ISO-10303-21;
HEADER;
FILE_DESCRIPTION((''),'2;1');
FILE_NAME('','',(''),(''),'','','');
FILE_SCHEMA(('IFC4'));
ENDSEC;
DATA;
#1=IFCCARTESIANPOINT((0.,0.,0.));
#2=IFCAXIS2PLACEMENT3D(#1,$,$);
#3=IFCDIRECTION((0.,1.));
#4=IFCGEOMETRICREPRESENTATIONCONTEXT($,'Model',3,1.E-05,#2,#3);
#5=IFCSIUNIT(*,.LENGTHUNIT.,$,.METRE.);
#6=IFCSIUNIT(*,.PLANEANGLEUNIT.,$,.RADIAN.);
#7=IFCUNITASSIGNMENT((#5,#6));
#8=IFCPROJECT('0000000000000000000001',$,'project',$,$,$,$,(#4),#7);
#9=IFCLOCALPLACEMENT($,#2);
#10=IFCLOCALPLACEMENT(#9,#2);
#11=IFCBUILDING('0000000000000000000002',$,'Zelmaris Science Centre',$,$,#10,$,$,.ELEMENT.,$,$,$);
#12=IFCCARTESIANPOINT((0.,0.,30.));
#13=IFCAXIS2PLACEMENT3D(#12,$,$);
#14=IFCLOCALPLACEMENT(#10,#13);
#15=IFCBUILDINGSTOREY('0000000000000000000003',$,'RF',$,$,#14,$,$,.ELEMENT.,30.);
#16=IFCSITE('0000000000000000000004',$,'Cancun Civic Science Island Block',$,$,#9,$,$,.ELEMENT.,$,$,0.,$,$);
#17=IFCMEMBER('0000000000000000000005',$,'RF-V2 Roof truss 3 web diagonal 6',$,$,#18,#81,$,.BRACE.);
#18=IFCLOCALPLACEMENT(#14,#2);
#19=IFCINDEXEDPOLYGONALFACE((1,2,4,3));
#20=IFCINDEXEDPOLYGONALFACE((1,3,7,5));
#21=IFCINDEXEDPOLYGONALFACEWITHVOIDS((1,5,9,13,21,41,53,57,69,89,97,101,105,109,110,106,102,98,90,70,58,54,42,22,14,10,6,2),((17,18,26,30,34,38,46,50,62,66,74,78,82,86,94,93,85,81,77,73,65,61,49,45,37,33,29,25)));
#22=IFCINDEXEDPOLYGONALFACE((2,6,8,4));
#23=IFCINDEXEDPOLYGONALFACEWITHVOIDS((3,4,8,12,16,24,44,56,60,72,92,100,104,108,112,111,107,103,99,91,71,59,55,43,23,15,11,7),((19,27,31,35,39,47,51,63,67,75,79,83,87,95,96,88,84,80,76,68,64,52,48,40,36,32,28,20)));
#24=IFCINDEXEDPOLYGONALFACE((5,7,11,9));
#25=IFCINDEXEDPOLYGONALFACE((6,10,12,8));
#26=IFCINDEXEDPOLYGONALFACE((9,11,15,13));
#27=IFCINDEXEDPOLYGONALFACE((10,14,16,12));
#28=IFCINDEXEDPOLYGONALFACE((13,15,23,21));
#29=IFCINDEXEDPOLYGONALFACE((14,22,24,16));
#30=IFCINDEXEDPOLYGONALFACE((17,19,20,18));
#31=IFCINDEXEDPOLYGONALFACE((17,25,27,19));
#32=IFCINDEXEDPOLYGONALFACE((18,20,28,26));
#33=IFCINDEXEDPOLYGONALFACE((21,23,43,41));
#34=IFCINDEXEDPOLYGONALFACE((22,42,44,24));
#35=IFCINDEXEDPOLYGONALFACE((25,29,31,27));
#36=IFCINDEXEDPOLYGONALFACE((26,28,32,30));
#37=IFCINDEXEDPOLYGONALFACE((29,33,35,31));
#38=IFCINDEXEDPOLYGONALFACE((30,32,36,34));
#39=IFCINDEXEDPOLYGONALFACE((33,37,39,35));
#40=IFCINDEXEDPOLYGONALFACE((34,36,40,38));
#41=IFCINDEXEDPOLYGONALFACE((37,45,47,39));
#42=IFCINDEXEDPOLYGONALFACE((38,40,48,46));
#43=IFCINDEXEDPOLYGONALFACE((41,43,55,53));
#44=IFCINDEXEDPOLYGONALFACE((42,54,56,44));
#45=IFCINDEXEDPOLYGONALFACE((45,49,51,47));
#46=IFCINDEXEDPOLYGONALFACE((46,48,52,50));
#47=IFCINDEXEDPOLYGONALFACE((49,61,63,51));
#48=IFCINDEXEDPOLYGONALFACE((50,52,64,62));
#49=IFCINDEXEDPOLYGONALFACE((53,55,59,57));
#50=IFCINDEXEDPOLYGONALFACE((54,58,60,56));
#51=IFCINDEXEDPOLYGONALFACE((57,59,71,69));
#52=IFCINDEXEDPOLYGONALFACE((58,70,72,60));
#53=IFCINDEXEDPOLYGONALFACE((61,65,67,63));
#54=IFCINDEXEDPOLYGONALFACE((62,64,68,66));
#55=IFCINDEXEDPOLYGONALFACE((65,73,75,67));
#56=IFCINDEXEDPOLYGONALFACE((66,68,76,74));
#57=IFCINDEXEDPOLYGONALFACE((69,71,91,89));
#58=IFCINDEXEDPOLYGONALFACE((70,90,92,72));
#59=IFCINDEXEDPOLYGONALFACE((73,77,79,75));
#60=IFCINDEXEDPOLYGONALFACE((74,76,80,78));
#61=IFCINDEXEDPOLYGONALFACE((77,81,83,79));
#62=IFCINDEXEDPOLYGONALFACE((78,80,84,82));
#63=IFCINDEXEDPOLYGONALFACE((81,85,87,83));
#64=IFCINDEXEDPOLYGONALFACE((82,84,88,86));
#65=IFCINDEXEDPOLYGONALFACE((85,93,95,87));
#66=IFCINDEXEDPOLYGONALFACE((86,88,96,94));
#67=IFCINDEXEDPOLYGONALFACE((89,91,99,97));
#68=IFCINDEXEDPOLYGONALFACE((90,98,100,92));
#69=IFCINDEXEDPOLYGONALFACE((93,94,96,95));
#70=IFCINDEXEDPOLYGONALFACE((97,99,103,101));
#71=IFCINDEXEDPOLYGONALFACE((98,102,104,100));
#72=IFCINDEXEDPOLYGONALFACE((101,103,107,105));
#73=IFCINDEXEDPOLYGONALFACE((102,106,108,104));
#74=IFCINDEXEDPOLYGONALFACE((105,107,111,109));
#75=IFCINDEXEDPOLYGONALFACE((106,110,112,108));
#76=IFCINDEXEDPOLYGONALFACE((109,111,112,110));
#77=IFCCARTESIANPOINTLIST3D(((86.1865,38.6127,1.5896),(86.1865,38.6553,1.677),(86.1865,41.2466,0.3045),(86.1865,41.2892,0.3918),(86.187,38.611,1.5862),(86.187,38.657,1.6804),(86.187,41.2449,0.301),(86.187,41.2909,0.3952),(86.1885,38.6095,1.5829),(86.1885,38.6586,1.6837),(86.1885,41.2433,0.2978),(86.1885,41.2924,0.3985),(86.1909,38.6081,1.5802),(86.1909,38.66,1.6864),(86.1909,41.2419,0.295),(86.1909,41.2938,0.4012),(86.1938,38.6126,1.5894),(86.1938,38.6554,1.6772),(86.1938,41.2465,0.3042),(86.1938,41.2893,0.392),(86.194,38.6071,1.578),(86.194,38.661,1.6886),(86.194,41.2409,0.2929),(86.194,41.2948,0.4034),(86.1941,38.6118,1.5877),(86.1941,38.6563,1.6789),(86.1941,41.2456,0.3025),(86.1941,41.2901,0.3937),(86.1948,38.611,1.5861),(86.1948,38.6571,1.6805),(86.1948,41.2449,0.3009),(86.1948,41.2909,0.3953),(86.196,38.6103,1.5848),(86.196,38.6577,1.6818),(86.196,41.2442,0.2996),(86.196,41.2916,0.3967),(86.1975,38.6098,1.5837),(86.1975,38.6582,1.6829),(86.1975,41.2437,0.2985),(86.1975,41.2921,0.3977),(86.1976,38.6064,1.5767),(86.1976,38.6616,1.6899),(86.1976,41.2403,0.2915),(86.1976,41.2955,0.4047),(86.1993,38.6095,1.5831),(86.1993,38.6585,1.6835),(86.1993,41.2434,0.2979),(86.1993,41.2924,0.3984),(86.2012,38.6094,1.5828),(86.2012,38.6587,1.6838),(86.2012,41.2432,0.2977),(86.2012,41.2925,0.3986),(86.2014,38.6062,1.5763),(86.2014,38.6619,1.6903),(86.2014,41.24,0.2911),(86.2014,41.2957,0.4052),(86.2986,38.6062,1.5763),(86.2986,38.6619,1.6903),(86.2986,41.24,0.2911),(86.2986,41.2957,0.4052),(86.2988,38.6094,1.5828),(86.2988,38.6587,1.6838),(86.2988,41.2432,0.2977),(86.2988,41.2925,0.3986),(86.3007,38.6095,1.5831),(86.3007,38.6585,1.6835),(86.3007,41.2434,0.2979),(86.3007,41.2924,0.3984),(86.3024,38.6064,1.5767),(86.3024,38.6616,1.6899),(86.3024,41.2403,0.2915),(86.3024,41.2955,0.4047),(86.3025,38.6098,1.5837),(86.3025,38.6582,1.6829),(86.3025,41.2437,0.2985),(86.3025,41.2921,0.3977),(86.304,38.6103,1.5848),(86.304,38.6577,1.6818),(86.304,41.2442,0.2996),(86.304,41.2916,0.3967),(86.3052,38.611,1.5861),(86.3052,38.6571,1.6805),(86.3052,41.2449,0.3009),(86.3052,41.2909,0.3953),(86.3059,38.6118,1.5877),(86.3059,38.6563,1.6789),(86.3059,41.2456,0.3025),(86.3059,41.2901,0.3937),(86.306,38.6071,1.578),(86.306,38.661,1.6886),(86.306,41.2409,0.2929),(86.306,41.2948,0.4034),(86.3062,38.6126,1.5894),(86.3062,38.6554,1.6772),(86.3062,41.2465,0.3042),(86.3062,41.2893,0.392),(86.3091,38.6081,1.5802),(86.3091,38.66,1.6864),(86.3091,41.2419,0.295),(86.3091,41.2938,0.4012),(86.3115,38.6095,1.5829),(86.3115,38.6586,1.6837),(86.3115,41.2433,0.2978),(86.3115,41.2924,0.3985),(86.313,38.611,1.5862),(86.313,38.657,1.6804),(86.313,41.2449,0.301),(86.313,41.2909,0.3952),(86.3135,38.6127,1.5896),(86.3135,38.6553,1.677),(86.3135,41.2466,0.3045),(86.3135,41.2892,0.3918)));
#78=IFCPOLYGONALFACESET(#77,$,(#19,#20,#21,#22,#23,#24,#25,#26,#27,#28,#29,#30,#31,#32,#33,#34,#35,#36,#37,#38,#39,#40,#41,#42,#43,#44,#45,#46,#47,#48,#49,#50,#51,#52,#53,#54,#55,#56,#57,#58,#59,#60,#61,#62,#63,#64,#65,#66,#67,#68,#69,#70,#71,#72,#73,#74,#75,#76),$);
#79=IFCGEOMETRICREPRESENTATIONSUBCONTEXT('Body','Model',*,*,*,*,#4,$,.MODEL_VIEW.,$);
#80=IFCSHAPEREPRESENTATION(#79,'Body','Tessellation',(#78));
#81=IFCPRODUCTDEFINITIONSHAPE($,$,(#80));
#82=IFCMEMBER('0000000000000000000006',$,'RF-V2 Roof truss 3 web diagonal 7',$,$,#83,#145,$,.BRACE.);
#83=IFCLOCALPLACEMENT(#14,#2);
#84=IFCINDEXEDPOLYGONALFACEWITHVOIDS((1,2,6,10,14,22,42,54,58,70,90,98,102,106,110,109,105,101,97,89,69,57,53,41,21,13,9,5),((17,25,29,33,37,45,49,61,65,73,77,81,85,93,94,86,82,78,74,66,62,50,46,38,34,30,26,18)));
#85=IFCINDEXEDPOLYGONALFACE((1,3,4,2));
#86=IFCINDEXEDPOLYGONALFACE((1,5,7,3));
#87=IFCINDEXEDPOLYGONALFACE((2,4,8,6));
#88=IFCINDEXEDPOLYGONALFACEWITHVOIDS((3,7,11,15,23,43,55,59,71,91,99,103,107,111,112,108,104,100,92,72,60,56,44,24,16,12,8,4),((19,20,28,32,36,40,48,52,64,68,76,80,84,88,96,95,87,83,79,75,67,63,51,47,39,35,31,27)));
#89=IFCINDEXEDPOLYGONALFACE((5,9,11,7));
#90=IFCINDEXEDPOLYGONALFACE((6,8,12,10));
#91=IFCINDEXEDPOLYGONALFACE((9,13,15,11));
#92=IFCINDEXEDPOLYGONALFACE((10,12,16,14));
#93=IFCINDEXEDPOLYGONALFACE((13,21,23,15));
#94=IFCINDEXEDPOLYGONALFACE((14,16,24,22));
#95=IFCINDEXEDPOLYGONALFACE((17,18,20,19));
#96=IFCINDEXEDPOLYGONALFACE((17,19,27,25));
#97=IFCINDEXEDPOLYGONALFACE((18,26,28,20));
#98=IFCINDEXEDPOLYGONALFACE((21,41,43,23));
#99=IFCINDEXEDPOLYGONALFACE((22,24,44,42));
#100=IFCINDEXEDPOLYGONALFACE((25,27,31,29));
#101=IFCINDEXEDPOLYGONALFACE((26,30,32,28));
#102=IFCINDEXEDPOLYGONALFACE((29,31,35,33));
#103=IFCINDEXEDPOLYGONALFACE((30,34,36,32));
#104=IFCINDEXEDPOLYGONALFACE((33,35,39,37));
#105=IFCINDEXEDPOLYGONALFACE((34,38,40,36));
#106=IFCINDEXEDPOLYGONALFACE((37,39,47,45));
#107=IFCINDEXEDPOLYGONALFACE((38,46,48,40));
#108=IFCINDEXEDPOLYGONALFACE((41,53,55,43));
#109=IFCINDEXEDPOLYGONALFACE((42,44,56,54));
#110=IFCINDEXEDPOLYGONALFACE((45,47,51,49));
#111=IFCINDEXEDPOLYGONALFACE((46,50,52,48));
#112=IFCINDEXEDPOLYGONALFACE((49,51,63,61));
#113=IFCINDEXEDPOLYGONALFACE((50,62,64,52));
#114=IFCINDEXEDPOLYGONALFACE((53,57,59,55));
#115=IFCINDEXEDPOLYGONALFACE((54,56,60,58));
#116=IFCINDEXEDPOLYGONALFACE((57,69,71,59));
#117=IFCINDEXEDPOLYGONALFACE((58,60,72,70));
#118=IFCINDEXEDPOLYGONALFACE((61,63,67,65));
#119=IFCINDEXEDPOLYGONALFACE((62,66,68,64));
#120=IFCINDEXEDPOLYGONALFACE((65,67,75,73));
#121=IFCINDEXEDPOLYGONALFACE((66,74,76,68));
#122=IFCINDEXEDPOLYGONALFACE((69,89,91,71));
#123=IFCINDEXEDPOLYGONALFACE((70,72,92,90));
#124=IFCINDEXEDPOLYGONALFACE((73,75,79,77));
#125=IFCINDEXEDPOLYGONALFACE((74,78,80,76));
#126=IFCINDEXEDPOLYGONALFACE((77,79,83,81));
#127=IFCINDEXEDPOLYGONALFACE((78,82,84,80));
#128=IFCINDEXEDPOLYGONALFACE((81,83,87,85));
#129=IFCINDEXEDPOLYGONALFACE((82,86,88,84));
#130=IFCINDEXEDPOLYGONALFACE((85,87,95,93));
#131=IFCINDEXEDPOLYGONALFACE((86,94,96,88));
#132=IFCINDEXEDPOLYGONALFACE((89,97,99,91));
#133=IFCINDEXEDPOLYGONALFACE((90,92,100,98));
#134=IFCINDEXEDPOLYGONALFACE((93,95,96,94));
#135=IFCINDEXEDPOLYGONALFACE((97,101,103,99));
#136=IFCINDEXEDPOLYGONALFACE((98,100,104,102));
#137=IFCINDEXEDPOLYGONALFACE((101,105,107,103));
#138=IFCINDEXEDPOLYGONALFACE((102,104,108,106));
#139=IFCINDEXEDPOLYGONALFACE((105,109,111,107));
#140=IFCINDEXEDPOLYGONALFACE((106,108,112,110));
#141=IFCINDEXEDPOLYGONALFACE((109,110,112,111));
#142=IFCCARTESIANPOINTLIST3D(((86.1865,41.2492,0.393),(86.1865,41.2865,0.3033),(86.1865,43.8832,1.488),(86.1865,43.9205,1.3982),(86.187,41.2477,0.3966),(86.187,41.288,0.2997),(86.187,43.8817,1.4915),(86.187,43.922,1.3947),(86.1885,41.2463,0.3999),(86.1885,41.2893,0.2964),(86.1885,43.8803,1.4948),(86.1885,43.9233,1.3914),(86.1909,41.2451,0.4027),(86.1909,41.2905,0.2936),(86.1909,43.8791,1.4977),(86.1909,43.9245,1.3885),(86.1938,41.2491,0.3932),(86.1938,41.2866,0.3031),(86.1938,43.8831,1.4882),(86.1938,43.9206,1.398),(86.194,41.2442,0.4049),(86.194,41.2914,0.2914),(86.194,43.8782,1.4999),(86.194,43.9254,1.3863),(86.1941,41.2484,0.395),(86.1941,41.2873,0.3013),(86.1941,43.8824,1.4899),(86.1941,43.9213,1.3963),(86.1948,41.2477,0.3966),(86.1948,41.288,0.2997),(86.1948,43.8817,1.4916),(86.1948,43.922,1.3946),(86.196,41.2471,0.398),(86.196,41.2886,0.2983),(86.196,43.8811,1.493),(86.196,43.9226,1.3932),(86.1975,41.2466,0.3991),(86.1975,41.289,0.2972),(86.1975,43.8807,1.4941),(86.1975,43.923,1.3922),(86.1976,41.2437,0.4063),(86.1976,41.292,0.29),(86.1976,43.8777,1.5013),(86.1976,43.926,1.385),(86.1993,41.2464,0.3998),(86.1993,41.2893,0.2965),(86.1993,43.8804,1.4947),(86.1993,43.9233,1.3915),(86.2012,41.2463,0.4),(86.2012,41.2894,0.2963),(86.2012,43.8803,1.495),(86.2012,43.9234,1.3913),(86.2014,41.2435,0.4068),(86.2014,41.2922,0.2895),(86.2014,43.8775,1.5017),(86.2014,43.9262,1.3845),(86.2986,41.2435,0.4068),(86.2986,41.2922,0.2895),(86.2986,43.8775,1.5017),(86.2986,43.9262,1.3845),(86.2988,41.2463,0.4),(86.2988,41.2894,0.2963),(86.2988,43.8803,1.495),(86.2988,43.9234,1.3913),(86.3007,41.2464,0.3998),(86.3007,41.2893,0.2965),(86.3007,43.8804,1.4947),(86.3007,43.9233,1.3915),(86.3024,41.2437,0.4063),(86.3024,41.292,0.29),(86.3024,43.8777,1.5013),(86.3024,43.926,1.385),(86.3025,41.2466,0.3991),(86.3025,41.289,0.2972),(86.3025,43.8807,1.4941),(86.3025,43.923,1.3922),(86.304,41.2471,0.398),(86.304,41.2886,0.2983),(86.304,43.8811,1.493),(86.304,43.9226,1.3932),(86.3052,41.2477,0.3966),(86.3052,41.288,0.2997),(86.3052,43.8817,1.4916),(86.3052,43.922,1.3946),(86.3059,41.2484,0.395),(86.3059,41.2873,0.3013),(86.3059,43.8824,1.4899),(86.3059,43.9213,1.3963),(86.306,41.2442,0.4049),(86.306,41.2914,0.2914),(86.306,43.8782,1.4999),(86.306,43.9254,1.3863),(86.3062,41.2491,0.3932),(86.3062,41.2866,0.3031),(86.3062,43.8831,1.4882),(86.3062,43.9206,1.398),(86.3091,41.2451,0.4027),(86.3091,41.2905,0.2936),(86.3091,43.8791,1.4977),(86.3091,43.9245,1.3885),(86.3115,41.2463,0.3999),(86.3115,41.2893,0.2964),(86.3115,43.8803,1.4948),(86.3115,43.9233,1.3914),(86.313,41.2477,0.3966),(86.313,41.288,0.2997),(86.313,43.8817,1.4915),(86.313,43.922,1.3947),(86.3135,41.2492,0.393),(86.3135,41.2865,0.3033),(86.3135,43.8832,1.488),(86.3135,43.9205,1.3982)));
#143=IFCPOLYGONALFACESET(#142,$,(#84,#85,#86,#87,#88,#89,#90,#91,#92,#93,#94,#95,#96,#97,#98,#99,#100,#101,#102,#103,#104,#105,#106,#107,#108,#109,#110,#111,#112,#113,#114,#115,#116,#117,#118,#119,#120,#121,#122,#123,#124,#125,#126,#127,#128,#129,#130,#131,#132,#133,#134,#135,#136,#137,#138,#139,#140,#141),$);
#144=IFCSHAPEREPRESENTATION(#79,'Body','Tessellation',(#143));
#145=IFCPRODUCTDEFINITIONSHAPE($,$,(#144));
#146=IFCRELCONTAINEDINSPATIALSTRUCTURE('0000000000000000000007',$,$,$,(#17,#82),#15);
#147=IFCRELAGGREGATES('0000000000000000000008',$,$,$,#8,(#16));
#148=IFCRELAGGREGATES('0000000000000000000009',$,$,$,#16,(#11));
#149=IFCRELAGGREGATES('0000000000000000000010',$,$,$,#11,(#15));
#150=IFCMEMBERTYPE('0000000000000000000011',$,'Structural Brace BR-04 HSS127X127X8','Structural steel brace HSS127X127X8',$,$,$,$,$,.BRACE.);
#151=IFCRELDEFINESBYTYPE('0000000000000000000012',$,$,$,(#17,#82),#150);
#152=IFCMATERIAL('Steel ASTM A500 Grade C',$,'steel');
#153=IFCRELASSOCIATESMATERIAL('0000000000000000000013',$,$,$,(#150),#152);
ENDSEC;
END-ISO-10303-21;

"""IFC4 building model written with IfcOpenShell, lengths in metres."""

from ifc_helpers import new_model, si_unit, direction, frame, origin, origin_2d, place, context, subcontext, project, spatial, hollow_rectangle, extrude, material, material_profile, profile_set, type_object, element, save


model = new_model("IFC4")

# Units and contexts
model_context = context("Model", 3, precision=1e-05, world=origin(), true_north=direction((0.0, 1.0)))
body_context = subcontext(model_context, "Body", "Model", "MODEL_VIEW")
ifc_project = project(units=[si_unit("LENGTHUNIT", "METRE"), si_unit("PLANEANGLEUNIT", "RADIAN")], contexts=[model_context])

# Site, building, storey
site_placement = place(None, origin())
site = spatial("IfcSite", under=ifc_project, at=site_placement, Name="Cancun Civic Science Island Block", CompositionType="ELEMENT", RefElevation=0.0)
building_placement = place(site_placement, origin())
building = spatial("IfcBuilding", under=site, at=building_placement, Name="Zelmaris Science Centre", CompositionType="ELEMENT")
storey_placement = place(building_placement, frame((0.0, 0.0, 30.0)))
storey = spatial("IfcBuildingStorey", under=building, at=storey_placement, Name="RF", CompositionType="ELEMENT", Elevation=30.0)

# Shared definitions
ifc_material_1 = material(Name="Steel ASTM A500 Grade C", Category="steel")

# Members
ifc_material_profile_1 = material_profile(ifc_material_1, hollow_rectangle(XDim=0.127, YDim=0.127, WallThickness=0.0073, InnerFilletRadius=0.0073, OuterFilletRadius=0.0149, at=origin_2d()), Name="HSS127X127X8")
ifc_profile_set_1 = profile_set([ifc_material_profile_1], Name="Steel ASTM A500 Grade C")
member_type_1 = type_object("IfcMemberType", Name="Structural Brace BR-04 HSS127X127X8", Description="Structural steel brace HSS127X127X8", PredefinedType="BRACE", material=ifc_profile_set_1)
member_1_placement = place(storey_placement, frame((86.25, 38.634, 1.6333), z_axis=(0.0, 0.898717, -0.438529), x_axis=(-1.0, 0.0, 0.0)))
element("IfcMember", 1, at=member_1_placement, inside=storey, type_object=member_type_1, Name="RF-V2 Roof truss 3 web diagonal 6", PredefinedType="BRACE", context=body_context, shape_type="SweptSolid", body=[
    extrude(hollow_rectangle(XDim=0.127, YDim=0.127, WallThickness=0.0073, InnerFilletRadius=0.0073, OuterFilletRadius=0.0149, at=origin_2d()), origin(), (0.0, 0.0, 1.0), 2.9307),
])
member_2_placement = place(storey_placement, frame((86.25, 41.2678, 0.3481), z_axis=(0.0, 0.923393, 0.383856), x_axis=(-1.0, 0.0, 0.0)))
element("IfcMember", 2, at=member_2_placement, inside=storey, type_object=member_type_1, Name="RF-V2 Roof truss 3 web diagonal 7", PredefinedType="BRACE", context=body_context, shape_type="SweptSolid", body=[
    extrude(hollow_rectangle(XDim=0.127, YDim=0.127, WallThickness=0.0073, InnerFilletRadius=0.0073, OuterFilletRadius=0.0149, at=origin_2d()), origin(), (0.0, 0.0, 1.0), 2.8525),
])

save(model, "model.ifc")
